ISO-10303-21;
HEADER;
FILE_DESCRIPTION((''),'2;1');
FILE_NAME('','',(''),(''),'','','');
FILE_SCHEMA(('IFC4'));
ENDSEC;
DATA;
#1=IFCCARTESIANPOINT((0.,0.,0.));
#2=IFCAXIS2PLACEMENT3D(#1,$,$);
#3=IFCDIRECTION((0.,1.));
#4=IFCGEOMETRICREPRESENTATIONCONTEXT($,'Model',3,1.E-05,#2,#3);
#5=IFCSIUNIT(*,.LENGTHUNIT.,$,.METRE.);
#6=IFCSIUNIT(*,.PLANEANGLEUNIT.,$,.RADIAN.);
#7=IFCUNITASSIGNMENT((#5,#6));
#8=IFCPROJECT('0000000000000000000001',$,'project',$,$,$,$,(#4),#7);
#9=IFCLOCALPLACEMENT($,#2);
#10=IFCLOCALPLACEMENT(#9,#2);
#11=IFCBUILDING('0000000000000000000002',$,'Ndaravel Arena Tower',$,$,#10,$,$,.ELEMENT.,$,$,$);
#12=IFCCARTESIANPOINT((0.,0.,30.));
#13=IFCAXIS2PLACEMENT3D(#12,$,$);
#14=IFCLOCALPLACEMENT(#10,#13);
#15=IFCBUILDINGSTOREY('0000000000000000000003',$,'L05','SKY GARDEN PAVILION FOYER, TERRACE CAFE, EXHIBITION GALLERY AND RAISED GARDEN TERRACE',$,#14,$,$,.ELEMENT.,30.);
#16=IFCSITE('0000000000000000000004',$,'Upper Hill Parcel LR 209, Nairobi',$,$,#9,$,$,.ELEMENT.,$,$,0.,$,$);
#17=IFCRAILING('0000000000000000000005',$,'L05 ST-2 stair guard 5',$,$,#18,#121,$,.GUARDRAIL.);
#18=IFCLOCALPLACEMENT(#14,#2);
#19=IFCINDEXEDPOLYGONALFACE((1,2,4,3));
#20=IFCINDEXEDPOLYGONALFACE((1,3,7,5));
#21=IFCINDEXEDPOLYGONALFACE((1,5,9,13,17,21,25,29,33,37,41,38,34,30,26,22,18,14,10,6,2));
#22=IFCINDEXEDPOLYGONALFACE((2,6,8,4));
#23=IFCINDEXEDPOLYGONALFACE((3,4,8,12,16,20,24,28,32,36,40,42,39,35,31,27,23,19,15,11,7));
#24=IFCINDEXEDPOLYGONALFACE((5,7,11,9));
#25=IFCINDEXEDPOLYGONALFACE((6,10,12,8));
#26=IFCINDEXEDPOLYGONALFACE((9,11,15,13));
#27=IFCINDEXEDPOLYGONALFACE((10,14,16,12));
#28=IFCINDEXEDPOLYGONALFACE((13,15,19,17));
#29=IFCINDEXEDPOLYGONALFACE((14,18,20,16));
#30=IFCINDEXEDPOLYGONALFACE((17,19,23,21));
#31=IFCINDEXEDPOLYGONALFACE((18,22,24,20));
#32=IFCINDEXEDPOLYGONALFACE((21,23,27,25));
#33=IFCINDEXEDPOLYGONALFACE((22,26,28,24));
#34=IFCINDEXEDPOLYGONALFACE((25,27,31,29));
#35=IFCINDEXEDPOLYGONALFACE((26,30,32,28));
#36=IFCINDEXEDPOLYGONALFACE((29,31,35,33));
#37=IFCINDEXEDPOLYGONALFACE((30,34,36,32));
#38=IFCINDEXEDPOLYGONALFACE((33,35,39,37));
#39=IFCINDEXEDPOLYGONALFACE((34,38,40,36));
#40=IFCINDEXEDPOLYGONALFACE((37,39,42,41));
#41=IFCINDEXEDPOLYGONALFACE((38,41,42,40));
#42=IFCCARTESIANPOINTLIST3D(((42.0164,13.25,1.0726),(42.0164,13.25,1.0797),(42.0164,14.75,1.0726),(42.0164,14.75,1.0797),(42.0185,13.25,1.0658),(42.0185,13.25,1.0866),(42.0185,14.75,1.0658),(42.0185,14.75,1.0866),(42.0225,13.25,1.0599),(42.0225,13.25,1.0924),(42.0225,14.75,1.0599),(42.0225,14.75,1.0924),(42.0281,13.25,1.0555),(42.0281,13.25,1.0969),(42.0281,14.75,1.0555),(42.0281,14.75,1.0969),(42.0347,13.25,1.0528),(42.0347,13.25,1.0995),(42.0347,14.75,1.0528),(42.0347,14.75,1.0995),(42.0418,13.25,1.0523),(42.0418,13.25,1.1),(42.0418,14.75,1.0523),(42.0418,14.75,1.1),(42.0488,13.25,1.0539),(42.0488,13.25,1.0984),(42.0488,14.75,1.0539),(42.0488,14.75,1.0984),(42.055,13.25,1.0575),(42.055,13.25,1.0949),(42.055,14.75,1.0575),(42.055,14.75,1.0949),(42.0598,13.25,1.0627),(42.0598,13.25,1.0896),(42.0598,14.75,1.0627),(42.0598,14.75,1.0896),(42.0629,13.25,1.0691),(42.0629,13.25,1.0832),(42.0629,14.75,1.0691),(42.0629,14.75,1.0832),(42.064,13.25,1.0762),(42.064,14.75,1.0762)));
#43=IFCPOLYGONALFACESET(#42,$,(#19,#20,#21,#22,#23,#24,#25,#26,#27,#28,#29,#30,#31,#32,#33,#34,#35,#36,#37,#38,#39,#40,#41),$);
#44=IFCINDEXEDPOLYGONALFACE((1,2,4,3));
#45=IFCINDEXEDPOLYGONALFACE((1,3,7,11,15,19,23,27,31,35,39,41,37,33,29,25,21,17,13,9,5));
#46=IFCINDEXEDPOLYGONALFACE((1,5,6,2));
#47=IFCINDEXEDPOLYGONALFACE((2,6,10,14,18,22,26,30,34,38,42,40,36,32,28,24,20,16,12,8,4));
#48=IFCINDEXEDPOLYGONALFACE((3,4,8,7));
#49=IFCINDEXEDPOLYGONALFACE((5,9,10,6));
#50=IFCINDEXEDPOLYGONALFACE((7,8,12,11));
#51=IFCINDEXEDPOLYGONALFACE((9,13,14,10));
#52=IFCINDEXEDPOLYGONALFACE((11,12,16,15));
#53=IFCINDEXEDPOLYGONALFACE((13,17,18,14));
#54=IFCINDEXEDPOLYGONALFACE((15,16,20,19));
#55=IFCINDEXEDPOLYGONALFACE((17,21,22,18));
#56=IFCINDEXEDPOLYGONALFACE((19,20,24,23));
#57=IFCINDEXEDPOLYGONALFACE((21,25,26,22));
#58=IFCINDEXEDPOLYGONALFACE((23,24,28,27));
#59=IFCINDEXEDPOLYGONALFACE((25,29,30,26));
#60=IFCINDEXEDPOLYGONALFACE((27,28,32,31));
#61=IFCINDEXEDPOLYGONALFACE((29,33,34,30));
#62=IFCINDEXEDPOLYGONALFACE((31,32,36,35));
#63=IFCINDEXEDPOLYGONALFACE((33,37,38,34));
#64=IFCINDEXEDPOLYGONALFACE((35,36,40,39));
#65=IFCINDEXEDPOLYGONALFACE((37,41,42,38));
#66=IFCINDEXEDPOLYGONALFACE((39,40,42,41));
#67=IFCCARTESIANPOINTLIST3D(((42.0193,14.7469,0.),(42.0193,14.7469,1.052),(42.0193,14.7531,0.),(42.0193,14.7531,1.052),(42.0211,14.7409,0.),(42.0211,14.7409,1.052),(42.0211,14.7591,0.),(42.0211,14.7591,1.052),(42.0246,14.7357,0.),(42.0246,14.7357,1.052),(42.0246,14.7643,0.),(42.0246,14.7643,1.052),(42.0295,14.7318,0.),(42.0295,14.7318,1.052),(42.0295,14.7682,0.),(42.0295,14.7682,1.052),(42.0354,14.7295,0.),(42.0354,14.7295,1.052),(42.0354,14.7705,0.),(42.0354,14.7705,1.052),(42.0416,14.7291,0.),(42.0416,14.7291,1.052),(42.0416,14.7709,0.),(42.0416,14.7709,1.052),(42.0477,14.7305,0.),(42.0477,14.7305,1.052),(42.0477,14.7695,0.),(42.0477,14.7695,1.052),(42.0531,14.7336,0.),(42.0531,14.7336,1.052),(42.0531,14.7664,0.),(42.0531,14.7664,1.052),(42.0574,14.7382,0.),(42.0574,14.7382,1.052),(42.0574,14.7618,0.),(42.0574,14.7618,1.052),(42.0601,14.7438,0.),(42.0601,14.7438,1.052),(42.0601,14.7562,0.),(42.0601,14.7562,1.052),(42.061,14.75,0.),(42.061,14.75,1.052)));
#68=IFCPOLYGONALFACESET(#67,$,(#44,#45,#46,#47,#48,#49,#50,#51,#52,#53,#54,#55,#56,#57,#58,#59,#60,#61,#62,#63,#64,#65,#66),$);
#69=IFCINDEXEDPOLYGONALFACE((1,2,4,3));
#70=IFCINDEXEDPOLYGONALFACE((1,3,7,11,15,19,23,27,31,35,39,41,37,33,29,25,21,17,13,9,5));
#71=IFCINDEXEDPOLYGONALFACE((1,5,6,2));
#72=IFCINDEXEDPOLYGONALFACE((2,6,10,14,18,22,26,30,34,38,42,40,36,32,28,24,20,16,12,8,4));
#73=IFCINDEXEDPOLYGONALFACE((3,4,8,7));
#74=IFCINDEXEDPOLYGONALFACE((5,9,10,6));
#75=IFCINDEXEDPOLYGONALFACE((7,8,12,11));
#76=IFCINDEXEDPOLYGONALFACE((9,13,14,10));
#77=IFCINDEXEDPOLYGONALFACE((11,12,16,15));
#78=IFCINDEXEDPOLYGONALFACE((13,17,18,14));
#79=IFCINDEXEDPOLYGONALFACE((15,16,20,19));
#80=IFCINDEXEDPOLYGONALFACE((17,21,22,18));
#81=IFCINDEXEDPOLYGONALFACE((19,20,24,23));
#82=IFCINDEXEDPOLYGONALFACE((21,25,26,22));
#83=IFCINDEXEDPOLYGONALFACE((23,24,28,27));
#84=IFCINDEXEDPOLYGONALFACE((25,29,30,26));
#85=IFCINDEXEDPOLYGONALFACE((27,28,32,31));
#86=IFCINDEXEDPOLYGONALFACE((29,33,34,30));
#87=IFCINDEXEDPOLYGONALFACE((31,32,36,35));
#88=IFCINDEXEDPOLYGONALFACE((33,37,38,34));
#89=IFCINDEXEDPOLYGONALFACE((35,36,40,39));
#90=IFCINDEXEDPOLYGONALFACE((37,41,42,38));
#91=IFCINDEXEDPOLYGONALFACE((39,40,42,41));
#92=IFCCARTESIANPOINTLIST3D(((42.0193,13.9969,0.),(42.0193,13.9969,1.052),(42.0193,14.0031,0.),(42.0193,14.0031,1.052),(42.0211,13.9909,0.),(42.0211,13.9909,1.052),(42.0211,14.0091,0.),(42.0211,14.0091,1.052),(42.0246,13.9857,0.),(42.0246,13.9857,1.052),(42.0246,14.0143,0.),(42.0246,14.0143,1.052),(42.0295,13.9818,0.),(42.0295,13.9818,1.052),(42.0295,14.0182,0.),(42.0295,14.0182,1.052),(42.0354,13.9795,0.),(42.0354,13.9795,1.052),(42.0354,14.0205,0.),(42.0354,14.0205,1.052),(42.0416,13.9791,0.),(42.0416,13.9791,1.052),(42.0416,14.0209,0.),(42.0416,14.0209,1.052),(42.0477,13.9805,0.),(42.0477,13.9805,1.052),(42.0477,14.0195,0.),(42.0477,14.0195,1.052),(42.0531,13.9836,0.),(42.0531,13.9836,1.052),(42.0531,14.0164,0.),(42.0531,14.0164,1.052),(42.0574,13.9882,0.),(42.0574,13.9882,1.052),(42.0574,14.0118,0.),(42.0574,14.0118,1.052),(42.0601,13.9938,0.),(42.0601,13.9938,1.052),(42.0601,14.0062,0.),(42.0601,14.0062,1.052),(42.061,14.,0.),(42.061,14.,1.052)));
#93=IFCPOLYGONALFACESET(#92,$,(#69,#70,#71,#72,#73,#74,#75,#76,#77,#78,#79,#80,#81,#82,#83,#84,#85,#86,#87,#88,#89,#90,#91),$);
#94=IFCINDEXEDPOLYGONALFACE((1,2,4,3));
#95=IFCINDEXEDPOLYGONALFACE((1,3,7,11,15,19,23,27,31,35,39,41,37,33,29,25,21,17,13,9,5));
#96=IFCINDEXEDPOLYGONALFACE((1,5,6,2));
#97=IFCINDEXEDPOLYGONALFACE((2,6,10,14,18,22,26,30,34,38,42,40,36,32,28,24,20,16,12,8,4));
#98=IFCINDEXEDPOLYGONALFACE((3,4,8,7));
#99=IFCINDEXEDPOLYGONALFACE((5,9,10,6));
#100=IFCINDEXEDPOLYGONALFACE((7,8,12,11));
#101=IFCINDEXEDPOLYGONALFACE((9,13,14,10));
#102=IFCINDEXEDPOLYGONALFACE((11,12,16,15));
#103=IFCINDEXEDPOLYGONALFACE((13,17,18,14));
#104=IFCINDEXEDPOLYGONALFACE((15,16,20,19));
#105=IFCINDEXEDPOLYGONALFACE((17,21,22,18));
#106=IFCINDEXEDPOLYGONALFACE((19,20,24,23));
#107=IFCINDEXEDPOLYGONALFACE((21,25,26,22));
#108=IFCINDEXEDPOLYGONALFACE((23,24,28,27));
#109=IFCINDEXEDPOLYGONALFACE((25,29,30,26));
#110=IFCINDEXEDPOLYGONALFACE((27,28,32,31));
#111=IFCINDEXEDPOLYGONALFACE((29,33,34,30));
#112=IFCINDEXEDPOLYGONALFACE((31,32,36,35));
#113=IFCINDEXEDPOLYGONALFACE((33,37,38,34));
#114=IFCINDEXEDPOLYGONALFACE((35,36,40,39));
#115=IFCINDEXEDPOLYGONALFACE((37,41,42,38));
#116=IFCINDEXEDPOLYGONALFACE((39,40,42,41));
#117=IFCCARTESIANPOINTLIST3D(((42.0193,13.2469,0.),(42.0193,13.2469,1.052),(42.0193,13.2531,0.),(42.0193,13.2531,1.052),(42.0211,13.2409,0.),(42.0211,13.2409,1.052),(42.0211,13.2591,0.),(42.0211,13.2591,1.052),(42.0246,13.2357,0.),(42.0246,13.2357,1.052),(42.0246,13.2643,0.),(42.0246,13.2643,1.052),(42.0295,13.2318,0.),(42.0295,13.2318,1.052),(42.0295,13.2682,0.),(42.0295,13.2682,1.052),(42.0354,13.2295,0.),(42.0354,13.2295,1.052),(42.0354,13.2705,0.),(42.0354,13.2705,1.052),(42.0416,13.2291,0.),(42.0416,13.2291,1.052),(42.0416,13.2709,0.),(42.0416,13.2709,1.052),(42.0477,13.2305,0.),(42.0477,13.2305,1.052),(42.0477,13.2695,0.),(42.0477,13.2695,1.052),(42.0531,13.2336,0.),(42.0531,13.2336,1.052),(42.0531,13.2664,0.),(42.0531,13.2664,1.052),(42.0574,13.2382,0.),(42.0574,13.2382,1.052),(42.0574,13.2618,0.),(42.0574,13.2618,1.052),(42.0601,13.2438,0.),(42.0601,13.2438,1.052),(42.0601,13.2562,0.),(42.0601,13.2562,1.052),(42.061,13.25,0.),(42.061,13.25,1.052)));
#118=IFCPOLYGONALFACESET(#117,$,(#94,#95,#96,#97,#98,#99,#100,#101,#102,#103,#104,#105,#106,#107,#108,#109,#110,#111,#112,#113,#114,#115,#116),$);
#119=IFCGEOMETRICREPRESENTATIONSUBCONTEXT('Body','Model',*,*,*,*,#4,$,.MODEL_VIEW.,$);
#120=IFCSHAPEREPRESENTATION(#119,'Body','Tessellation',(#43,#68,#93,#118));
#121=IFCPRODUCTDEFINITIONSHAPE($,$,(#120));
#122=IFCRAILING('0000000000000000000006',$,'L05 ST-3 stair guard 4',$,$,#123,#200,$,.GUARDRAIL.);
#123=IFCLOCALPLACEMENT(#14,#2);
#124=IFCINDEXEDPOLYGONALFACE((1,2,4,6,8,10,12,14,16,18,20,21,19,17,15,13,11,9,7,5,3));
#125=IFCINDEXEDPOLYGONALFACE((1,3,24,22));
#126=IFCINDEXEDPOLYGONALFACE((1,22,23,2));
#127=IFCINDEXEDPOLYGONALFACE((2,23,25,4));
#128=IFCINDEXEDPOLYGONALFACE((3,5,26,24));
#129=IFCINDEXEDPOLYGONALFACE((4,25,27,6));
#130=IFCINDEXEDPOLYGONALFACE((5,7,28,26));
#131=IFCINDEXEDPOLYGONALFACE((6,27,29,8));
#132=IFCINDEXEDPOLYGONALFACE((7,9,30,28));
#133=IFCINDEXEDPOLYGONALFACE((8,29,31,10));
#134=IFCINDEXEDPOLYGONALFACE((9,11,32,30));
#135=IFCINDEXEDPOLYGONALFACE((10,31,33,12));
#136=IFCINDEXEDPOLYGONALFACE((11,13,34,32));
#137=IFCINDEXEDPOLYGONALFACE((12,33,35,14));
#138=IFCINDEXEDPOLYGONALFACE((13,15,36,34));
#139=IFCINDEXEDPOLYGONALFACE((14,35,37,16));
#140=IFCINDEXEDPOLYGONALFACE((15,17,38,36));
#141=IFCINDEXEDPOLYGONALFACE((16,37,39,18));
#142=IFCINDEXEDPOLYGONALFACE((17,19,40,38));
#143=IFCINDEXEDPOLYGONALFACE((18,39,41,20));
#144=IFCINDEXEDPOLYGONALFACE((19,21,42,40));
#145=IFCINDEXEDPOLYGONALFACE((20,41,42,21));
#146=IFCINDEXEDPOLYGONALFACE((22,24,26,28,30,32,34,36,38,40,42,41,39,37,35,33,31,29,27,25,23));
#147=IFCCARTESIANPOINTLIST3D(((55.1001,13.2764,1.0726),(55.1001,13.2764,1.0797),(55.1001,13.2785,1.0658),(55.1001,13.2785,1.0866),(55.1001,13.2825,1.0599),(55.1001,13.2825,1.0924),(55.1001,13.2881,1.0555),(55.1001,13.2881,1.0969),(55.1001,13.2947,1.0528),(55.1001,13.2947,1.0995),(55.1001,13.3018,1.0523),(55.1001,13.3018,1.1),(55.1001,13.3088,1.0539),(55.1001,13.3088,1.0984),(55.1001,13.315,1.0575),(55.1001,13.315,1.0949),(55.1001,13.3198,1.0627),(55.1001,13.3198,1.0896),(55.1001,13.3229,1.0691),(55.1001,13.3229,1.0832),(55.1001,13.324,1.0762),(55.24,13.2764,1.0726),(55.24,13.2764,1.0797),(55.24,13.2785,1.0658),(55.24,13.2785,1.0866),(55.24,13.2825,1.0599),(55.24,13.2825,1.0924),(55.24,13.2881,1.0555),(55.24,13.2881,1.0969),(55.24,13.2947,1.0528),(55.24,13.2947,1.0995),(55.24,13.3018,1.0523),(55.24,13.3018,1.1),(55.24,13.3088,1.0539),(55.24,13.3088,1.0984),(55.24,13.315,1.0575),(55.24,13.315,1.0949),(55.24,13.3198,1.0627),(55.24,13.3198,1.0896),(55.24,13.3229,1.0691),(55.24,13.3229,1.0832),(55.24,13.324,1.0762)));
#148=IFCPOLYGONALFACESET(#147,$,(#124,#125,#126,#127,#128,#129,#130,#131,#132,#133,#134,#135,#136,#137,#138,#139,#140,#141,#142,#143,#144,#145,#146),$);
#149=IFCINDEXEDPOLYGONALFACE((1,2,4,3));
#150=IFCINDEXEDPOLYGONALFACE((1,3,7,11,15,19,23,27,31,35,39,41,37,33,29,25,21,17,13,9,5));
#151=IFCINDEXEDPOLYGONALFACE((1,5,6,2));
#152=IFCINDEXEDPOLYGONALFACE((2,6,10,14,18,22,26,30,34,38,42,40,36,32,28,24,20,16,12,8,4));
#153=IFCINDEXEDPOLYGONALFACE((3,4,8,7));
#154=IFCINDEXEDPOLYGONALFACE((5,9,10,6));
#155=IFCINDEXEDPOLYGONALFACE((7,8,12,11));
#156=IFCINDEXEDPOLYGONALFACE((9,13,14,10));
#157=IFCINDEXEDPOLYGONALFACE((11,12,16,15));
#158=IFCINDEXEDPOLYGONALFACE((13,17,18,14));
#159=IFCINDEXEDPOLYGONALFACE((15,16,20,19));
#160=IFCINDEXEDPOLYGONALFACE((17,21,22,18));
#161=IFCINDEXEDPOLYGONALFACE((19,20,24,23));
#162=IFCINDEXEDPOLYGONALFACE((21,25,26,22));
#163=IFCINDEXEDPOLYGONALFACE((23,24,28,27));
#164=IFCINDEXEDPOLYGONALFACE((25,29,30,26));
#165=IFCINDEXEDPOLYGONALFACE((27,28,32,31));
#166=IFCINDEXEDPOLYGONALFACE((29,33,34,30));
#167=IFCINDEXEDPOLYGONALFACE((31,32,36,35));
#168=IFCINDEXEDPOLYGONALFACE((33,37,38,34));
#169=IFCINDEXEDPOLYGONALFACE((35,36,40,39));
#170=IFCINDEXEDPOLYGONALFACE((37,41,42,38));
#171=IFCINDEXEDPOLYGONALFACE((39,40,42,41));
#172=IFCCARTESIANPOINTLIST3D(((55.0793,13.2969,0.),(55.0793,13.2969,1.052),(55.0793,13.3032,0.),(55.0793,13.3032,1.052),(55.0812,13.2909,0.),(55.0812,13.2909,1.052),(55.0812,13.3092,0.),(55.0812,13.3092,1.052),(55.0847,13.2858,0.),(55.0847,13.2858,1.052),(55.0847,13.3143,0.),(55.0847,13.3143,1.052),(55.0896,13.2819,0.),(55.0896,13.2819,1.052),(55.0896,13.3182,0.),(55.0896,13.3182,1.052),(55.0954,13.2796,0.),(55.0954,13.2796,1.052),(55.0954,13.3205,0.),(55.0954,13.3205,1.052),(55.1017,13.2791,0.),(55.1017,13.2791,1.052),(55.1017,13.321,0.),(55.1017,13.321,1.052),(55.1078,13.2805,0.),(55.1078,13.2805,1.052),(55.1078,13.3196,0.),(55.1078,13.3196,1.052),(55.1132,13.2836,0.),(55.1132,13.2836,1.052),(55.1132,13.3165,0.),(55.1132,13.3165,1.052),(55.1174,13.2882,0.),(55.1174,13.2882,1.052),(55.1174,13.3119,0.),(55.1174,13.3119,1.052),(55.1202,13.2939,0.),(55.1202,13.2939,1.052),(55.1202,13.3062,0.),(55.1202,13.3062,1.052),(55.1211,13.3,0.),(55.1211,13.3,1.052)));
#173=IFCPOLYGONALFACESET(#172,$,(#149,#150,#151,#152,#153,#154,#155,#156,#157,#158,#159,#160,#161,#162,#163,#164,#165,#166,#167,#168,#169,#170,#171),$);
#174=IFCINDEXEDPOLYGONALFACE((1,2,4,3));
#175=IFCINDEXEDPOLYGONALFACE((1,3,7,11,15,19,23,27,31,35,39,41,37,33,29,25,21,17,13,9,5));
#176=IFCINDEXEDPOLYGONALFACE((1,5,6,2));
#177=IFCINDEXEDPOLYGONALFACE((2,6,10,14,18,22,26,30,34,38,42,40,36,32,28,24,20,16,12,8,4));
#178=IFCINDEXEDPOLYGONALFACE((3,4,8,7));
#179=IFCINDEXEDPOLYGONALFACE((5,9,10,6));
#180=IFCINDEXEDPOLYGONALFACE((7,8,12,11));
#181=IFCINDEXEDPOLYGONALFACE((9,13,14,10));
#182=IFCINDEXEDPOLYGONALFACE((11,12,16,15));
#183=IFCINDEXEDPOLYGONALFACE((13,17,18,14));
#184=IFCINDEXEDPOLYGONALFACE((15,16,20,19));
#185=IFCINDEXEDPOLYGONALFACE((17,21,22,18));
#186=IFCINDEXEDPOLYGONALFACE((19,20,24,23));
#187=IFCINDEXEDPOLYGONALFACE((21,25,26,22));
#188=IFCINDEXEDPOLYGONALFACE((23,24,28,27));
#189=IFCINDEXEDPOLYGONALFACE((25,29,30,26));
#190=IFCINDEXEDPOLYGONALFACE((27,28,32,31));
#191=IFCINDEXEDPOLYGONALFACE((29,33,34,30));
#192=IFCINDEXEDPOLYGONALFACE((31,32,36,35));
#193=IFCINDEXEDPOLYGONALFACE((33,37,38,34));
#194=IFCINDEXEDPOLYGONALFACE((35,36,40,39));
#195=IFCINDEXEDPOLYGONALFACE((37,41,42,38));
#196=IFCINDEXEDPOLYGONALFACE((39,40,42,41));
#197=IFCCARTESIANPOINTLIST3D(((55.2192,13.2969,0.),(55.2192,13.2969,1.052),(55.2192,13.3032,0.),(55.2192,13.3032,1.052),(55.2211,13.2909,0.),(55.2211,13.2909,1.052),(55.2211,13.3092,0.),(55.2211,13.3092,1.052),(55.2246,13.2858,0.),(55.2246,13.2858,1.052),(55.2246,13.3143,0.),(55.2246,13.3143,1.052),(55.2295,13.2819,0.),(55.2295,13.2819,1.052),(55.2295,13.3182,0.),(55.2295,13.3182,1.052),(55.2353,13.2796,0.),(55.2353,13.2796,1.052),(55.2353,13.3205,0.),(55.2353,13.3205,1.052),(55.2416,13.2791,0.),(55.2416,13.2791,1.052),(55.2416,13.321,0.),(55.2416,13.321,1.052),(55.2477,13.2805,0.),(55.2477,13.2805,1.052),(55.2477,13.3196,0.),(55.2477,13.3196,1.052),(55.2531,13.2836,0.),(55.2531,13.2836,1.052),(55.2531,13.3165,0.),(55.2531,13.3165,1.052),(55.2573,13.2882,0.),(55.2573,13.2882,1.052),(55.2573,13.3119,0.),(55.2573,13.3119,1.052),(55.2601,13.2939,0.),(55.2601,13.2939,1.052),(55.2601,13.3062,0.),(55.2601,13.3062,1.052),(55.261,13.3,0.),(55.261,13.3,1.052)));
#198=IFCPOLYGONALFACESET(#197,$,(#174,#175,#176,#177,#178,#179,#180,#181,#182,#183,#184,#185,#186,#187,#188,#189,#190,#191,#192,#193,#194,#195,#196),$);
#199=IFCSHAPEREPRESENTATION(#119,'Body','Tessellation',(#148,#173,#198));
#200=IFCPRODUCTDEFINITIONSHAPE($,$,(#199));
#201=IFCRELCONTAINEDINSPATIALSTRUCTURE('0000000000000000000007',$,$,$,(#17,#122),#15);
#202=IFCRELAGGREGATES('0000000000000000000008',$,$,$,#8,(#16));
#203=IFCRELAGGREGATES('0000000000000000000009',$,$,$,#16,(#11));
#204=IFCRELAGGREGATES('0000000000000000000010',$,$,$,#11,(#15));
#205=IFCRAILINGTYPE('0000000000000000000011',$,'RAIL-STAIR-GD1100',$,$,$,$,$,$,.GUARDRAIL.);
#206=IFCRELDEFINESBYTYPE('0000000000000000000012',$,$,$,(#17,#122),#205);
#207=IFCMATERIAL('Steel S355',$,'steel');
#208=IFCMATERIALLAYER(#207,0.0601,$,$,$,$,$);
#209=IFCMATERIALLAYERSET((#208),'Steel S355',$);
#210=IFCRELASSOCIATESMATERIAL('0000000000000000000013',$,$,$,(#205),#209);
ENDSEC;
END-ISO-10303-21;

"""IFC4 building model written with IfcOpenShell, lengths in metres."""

from ifc_helpers import new_model, si_unit, direction, frame, origin, origin_2d, place, context, subcontext, project, spatial, circle, extrude, material, layer, layer_set, type_object, element, save


model = new_model("IFC4")

# Units and contexts
model_context = context("Model", 3, precision=1e-05, world=origin(), true_north=direction((0.0, 1.0)))
body_context = subcontext(model_context, "Body", "Model", "MODEL_VIEW")
ifc_project = project(units=[si_unit("LENGTHUNIT", "METRE"), si_unit("PLANEANGLEUNIT", "RADIAN")], contexts=[model_context])

# Site, building, storey
site_placement = place(None, origin())
site = spatial("IfcSite", under=ifc_project, at=site_placement, Name="Upper Hill Parcel LR 209, Nairobi", CompositionType="ELEMENT", RefElevation=0.0)
building_placement = place(site_placement, origin())
building = spatial("IfcBuilding", under=site, at=building_placement, Name="Ndaravel Arena Tower", CompositionType="ELEMENT")
storey_placement = place(building_placement, frame((0.0, 0.0, 30.0)))
storey = spatial("IfcBuildingStorey", under=building, at=storey_placement, Name="L05", Description="SKY GARDEN PAVILION FOYER, TERRACE CAFE, EXHIBITION GALLERY AND RAISED GARDEN TERRACE", CompositionType="ELEMENT", Elevation=30.0)

# Railings
ifc_material_1 = material(Name="Steel S355", Category="steel")
ifc_layer_1 = layer(ifc_material_1, 0.0601)
ifc_layer_set_1 = layer_set([ifc_layer_1], Name="Steel S355")
railing_type = type_object("IfcRailingType", Name="RAIL-STAIR-GD1100", PredefinedType="GUARDRAIL", material=ifc_layer_set_1)
railing_1_placement = place(storey_placement, frame((42.04, 14.75, 0.0)))
element("IfcRailing", 1, at=railing_1_placement, inside=storey, type_object=railing_type, Name="L05 ST-2 stair guard 5", PredefinedType="GUARDRAIL", context=body_context, shape_type="SweptSolid", body=[
    extrude(circle(Radius=0.0239, at=origin_2d()), frame((0.0, 0.0, 1.0762), z_axis=(0.0, -1.0, 0.0), x_axis=(1.0, 0.0, 0.0)), (0.0, 0.0, 1.0), 1.5),
    extrude(circle(Radius=0.021, at=origin_2d()), origin(), (0.0, 0.0, 1.0), 1.052),
    extrude(circle(Radius=0.021, at=origin_2d()), frame((0.0, -0.75, 0.0)), (0.0, 0.0, 1.0), 1.052),
    extrude(circle(Radius=0.021, at=origin_2d()), frame((0.0, -1.5, 0.0)), (0.0, 0.0, 1.0), 1.052),
])
railing_2_placement = place(storey_placement, frame((55.1001, 13.3, 0.0)))
element("IfcRailing", 2, at=railing_2_placement, inside=storey, type_object=railing_type, Name="L05 ST-3 stair guard 4", PredefinedType="GUARDRAIL", context=body_context, shape_type="SweptSolid", body=[
    extrude(circle(Radius=0.0239, at=origin_2d()), frame((0.0, 0.0, 1.0762), z_axis=(1.0, 0.0, 0.0), x_axis=(0.0, 1.0, 0.0)), (0.0, 0.0, 1.0), 0.1399),
    extrude(circle(Radius=0.021, at=origin_2d()), origin(), (0.0, 0.0, 1.0), 1.052),
    extrude(circle(Radius=0.021, at=origin_2d()), frame((0.1399, 0.0, 0.0)), (0.0, 0.0, 1.0), 1.052),
])

save(model, "model.ifc")
